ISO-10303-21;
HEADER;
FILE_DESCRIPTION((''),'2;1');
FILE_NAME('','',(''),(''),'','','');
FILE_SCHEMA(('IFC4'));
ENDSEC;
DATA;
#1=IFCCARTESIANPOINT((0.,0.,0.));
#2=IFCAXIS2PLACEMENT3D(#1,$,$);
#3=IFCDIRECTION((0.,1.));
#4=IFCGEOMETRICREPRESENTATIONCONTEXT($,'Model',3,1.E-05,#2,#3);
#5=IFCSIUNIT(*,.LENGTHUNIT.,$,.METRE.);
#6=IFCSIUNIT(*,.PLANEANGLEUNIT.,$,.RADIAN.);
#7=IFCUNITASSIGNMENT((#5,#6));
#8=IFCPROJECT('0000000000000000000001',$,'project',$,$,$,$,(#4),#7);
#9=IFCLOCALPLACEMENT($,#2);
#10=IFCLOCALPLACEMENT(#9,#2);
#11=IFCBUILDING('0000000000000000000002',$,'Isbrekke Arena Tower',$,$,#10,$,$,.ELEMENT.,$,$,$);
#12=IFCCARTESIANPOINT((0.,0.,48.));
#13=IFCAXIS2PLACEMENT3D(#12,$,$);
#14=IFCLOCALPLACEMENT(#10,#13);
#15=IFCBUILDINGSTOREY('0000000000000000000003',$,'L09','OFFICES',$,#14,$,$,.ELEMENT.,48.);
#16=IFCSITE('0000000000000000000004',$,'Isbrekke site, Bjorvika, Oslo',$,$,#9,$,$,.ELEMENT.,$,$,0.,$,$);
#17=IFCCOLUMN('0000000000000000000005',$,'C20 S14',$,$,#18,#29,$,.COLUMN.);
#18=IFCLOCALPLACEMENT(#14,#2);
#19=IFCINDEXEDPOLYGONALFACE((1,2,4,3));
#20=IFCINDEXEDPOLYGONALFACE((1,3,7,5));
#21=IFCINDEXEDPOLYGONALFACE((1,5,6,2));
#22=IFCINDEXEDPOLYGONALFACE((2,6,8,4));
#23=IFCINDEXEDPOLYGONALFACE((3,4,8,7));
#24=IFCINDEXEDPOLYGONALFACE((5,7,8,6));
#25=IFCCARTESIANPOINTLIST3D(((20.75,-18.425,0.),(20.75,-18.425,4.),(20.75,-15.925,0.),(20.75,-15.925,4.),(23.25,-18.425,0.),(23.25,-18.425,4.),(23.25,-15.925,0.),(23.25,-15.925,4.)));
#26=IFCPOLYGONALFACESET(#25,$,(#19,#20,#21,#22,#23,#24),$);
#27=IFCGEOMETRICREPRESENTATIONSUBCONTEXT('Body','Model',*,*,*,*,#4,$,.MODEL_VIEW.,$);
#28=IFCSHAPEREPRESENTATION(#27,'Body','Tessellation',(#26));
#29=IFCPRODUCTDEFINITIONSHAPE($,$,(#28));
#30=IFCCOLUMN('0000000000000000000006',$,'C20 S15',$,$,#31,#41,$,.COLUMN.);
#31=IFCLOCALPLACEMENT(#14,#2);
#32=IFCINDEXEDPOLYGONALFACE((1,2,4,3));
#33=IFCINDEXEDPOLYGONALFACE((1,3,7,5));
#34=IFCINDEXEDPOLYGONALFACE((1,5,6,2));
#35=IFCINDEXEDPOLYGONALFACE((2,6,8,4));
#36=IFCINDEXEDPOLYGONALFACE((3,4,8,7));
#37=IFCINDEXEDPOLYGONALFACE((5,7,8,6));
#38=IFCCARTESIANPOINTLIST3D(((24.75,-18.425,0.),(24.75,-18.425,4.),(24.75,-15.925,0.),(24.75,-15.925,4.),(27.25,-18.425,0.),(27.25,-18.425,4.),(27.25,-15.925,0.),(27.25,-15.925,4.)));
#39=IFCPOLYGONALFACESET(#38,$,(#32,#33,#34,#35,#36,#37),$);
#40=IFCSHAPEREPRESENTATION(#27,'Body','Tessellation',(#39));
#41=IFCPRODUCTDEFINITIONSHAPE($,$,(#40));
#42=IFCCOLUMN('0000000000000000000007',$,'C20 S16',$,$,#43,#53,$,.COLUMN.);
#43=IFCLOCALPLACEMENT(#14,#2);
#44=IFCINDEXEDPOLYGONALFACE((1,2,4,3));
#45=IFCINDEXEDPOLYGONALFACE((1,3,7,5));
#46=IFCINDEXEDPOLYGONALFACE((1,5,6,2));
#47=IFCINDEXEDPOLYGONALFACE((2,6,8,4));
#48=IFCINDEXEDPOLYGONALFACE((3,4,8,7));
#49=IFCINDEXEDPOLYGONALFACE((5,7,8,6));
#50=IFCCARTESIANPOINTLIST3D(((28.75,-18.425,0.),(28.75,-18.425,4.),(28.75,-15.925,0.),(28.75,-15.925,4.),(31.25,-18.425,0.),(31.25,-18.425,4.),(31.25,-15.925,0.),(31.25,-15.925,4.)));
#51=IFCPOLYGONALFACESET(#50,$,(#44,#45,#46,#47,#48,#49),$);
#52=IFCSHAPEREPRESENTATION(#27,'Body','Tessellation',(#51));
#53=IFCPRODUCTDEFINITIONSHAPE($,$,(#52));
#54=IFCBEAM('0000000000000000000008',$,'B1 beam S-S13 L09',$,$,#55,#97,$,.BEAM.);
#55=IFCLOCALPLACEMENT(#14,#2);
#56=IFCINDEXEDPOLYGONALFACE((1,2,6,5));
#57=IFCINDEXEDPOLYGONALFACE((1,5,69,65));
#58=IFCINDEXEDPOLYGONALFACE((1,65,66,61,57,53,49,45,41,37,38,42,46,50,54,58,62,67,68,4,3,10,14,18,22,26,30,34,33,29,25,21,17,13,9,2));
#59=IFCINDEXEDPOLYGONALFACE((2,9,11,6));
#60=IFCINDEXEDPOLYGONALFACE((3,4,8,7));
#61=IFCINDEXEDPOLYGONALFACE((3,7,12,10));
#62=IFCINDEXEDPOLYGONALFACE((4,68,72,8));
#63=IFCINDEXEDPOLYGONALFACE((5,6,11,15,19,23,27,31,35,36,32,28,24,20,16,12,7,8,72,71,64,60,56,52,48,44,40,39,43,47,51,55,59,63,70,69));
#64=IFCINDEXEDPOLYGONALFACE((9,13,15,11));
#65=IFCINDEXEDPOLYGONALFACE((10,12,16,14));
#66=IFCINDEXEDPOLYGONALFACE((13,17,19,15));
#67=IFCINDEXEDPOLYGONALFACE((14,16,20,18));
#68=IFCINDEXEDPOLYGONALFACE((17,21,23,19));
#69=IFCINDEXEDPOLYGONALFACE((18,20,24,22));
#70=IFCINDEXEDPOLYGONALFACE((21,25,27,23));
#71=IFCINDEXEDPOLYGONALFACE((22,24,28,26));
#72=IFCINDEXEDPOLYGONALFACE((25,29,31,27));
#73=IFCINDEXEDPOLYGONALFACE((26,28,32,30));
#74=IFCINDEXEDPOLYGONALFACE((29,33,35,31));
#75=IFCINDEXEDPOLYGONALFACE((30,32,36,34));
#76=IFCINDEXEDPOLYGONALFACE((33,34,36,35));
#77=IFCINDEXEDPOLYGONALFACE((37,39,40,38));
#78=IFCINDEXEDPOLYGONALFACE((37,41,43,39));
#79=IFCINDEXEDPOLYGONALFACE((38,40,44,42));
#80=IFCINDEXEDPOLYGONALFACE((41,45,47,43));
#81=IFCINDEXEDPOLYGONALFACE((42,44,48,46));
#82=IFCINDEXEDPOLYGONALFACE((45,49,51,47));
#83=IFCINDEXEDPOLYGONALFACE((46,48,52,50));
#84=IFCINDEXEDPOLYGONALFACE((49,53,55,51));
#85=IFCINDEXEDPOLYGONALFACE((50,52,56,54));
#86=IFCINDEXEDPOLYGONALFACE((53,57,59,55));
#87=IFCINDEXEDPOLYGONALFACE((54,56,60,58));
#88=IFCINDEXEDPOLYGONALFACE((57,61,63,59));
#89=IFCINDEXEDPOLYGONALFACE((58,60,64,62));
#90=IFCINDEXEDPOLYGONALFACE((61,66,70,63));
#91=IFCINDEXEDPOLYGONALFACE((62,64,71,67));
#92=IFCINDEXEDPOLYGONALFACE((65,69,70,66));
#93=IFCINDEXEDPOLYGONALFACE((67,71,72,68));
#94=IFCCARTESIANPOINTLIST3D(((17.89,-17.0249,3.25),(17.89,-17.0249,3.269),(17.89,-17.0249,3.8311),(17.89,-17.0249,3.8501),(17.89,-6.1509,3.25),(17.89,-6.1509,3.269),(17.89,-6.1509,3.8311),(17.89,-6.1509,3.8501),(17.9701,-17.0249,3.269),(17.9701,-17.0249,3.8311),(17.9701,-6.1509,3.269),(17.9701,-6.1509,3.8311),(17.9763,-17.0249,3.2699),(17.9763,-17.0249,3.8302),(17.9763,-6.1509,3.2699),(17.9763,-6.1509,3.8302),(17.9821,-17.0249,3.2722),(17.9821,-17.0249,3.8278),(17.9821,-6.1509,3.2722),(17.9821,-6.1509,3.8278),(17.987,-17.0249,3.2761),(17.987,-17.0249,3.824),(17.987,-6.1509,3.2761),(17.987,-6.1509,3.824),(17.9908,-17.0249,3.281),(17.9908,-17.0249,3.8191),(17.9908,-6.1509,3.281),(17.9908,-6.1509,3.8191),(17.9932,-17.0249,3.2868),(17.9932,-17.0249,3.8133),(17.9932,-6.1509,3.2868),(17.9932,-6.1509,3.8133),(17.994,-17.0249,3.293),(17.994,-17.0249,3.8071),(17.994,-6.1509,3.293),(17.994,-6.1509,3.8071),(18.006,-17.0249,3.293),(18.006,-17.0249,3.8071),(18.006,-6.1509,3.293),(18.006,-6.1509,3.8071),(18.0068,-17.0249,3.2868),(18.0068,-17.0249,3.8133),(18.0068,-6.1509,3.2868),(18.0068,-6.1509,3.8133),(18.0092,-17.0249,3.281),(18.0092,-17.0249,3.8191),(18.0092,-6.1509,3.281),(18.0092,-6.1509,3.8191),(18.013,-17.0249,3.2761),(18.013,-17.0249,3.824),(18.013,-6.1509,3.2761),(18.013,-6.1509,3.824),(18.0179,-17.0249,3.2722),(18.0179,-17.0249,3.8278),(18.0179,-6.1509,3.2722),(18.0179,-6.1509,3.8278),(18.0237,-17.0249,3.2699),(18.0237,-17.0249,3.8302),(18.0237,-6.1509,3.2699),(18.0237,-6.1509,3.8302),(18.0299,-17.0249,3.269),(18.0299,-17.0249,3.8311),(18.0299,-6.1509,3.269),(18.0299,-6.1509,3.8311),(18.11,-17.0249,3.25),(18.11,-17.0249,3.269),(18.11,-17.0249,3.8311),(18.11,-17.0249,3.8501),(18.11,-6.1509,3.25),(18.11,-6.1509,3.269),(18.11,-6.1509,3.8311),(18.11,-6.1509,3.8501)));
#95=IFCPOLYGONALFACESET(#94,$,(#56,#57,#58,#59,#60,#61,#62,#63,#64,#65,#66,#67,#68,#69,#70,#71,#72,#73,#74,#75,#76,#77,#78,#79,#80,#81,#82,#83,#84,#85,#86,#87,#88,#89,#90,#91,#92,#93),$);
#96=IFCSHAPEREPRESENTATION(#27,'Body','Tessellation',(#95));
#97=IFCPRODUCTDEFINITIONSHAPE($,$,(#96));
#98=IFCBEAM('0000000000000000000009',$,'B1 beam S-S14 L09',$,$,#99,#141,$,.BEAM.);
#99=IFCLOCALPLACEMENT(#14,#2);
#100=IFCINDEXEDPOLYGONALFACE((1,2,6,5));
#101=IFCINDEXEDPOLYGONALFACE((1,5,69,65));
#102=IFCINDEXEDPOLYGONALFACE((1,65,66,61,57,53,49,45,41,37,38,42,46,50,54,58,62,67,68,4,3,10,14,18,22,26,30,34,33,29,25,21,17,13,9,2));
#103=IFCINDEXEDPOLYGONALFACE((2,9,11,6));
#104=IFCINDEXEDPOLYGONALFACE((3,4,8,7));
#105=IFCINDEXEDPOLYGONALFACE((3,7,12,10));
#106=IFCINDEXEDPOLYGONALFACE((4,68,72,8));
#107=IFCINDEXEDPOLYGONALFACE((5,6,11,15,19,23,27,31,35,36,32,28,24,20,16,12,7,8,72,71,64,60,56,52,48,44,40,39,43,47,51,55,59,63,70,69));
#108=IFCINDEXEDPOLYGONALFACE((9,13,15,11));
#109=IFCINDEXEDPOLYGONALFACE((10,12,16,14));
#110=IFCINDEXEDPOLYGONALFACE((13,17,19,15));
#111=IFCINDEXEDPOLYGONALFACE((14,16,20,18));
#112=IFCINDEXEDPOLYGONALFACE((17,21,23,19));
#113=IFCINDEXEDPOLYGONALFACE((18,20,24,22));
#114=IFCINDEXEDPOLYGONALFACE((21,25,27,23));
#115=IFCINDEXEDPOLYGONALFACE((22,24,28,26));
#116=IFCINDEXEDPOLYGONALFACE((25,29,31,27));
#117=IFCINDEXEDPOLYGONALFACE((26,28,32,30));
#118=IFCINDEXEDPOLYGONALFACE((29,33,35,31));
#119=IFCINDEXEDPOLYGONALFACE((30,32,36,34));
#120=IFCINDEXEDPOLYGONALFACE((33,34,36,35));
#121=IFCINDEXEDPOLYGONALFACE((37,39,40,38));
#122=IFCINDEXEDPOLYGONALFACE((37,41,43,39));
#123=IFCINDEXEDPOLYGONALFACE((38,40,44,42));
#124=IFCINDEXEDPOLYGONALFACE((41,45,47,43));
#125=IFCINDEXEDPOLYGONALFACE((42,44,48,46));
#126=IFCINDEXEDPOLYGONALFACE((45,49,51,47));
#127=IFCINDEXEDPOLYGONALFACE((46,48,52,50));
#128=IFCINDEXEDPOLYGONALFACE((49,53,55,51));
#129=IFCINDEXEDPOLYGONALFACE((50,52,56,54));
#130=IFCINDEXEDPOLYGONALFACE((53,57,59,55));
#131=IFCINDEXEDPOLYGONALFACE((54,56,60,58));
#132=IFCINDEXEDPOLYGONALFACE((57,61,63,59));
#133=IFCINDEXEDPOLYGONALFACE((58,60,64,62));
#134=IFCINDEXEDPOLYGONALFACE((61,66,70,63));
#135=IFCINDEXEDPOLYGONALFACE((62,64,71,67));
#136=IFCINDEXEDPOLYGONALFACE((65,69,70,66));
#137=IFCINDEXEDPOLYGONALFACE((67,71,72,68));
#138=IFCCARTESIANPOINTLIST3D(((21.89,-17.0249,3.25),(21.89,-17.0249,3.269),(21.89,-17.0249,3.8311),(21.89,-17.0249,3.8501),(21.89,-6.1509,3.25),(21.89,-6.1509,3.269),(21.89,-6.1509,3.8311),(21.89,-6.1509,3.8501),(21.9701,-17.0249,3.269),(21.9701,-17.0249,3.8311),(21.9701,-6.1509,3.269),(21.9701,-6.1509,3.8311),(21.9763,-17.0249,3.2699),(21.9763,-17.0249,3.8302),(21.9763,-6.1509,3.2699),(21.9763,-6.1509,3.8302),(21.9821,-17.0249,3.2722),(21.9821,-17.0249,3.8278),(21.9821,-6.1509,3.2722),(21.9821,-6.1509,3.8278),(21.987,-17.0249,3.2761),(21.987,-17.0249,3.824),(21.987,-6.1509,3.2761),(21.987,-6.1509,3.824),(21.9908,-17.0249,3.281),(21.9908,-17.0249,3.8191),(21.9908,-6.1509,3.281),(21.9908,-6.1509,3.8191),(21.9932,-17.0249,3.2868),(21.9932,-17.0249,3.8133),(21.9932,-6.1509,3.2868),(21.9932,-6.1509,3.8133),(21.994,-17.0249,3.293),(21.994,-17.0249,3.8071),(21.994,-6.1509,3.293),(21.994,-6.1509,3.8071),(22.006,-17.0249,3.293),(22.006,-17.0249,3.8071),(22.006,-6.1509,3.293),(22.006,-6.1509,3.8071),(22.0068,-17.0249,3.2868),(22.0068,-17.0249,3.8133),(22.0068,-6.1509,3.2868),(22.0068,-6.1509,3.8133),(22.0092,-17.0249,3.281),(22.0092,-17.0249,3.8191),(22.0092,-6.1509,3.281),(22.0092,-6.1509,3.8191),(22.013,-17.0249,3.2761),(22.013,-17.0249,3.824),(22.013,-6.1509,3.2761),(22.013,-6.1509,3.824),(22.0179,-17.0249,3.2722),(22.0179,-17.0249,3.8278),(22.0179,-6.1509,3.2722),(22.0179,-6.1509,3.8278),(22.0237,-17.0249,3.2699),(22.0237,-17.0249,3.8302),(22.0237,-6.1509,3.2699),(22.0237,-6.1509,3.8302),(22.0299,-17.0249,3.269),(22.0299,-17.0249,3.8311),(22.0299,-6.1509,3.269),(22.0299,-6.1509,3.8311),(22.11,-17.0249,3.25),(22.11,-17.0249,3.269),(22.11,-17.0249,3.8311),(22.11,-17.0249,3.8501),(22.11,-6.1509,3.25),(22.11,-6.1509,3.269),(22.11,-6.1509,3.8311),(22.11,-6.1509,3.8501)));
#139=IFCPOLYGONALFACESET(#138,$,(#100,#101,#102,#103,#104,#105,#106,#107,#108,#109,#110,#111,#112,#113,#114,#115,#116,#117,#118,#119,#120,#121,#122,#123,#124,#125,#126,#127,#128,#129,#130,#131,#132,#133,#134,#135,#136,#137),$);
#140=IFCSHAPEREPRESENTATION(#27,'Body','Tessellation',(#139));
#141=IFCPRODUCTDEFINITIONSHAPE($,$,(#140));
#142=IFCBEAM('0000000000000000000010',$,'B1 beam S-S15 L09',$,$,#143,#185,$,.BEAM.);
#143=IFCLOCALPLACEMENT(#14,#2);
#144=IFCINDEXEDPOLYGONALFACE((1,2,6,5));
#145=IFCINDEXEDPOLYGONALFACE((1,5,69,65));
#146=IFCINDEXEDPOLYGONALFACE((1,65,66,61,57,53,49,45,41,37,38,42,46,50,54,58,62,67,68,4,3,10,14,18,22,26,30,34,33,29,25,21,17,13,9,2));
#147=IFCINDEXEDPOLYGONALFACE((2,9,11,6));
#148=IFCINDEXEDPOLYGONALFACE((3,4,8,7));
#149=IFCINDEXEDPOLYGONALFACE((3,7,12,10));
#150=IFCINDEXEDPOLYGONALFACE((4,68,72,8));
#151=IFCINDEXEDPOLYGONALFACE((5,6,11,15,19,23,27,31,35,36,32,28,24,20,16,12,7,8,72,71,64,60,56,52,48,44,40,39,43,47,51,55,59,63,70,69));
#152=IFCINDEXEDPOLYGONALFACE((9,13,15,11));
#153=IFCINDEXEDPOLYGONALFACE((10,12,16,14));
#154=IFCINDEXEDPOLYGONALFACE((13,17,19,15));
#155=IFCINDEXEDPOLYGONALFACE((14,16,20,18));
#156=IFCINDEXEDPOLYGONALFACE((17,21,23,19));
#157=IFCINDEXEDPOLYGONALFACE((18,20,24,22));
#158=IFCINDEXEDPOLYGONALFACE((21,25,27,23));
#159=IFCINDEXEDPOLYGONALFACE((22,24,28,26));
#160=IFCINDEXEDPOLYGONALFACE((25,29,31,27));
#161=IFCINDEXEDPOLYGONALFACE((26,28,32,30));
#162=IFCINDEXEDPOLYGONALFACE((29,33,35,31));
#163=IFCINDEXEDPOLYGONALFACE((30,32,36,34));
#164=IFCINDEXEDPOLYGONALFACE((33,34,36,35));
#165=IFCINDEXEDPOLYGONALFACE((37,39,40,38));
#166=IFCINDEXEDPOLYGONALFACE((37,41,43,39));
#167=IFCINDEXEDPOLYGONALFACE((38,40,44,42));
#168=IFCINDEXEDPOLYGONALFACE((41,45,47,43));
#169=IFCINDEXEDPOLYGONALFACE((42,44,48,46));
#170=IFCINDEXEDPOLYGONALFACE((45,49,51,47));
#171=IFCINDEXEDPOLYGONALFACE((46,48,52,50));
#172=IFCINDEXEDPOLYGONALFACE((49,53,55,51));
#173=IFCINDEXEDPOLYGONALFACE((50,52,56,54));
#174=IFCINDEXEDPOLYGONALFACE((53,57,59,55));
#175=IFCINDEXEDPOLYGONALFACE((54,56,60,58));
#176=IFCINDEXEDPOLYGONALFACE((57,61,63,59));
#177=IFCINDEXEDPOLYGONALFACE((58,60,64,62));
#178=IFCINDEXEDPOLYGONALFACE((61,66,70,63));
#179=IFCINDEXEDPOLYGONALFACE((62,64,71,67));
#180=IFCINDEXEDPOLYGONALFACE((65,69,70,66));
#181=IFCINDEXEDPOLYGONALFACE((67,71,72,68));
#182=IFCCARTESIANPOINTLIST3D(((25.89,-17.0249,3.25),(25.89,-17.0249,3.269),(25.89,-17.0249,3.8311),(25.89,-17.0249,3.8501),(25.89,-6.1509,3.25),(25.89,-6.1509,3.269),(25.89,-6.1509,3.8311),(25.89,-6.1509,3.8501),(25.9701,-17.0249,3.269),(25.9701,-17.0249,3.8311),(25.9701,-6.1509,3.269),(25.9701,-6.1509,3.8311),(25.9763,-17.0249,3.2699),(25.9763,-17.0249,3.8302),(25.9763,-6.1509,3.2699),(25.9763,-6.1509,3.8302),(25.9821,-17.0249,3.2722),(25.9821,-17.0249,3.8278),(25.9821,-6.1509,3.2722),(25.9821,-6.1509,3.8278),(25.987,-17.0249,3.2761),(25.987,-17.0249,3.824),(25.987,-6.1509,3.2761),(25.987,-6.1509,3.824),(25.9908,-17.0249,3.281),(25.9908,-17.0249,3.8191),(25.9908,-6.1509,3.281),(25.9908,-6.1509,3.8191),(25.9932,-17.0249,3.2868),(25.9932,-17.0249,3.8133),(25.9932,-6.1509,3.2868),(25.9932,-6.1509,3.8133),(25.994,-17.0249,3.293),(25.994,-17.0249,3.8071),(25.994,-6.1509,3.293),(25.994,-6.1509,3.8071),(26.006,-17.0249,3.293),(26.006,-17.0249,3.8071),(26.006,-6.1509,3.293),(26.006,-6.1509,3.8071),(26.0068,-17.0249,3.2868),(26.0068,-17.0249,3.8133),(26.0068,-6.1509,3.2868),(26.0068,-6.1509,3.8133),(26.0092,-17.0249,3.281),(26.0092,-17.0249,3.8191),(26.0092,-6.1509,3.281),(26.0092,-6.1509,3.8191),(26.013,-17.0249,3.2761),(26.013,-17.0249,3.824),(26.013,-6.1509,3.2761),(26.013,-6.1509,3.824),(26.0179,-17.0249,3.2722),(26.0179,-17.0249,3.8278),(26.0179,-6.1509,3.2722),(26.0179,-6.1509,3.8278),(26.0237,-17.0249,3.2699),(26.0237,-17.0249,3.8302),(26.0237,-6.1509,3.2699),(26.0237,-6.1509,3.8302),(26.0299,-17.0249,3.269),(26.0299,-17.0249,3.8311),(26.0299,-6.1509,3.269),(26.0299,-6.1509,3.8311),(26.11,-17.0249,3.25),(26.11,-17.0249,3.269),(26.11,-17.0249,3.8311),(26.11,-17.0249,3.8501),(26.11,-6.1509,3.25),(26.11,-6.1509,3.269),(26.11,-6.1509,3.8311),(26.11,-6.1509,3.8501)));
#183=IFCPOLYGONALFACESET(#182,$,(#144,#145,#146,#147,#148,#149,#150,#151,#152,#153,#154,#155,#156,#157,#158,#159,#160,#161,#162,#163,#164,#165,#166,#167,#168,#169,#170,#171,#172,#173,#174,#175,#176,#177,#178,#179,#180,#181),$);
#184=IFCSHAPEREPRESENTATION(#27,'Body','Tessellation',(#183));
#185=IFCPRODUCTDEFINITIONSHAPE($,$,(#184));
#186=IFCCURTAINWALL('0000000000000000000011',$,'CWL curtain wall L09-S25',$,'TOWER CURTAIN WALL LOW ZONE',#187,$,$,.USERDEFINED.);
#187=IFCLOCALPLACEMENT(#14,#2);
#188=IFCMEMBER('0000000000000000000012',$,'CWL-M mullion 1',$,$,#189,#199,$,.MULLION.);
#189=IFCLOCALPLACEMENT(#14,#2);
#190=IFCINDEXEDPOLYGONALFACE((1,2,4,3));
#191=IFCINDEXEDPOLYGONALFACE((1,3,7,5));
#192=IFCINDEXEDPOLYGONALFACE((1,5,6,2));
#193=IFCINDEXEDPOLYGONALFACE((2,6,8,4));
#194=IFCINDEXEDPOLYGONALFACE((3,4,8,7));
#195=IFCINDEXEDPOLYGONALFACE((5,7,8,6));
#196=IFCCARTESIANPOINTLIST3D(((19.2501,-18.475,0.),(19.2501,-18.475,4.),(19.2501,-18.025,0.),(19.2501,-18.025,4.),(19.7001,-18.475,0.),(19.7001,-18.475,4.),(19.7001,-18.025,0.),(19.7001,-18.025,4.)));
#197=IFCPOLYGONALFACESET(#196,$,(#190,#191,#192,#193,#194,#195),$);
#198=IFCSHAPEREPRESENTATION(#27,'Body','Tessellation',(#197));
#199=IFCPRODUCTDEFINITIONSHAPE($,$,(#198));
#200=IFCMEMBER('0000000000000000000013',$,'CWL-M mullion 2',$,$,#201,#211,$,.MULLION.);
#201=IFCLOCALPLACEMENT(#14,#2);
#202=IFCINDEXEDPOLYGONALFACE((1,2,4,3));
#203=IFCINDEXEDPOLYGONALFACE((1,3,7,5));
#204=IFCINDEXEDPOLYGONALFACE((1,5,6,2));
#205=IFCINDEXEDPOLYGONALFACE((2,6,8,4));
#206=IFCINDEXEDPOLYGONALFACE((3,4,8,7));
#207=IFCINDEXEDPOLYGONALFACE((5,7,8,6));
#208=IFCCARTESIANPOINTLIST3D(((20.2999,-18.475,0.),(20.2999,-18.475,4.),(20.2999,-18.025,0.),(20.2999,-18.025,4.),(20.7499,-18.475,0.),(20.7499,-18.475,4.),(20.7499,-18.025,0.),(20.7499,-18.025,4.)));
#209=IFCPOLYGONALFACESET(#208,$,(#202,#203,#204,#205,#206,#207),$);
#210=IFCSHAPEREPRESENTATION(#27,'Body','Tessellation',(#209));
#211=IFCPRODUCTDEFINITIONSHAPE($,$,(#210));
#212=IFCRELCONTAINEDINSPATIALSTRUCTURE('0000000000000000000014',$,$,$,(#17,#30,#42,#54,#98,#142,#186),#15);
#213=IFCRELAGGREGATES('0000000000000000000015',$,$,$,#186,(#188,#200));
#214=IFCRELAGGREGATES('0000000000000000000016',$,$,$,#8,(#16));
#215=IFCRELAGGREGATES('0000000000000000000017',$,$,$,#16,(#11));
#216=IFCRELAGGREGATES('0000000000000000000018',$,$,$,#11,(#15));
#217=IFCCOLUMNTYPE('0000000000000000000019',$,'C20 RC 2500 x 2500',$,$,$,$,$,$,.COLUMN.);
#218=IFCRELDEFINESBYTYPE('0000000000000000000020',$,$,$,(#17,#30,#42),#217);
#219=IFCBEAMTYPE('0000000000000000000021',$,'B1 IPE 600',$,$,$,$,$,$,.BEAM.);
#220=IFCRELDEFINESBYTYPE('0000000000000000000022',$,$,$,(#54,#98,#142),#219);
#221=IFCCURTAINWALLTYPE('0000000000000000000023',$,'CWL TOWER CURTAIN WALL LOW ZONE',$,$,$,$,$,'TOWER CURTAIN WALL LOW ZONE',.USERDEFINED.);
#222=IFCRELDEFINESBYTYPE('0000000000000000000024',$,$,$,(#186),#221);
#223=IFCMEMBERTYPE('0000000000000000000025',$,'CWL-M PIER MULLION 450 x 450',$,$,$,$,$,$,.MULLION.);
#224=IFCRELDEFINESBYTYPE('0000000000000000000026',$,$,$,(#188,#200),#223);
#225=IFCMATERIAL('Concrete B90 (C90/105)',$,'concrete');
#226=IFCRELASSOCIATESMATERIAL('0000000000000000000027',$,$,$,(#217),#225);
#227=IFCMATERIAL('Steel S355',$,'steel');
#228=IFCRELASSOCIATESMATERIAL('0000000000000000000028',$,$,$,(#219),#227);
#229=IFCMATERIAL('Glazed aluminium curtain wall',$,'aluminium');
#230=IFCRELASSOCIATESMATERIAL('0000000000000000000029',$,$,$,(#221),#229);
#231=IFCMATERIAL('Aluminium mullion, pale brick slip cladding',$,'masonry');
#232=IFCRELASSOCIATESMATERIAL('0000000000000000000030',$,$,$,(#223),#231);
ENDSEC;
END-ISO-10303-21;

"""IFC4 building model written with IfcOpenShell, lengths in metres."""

from ifc_helpers import new_model, si_unit, direction, frame, origin, origin_2d, place, context, subcontext, project, spatial, rectangle, i_section, extrude, material, material_profile, profile_set, type_object, element, aggregate, save


model = new_model("IFC4")

# Units and contexts
model_context = context("Model", 3, precision=1e-05, world=origin(), true_north=direction((0.0, 1.0)))
body_context = subcontext(model_context, "Body", "Model", "MODEL_VIEW")
ifc_project = project(units=[si_unit("LENGTHUNIT", "METRE"), si_unit("PLANEANGLEUNIT", "RADIAN")], contexts=[model_context])

# Site, building, storey
site_placement = place(None, origin())
site = spatial("IfcSite", under=ifc_project, at=site_placement, Name="Isbrekke site, Bjorvika, Oslo", CompositionType="ELEMENT", RefElevation=0.0)
building_placement = place(site_placement, origin())
building = spatial("IfcBuilding", under=site, at=building_placement, Name="Isbrekke Arena Tower", CompositionType="ELEMENT")
storey_placement = place(building_placement, frame((0.0, 0.0, 48.0)))
storey = spatial("IfcBuildingStorey", under=building, at=storey_placement, Name="L09", Description="OFFICES", CompositionType="ELEMENT", Elevation=48.0)

# Columns
ifc_material_1 = material(Name="Concrete B90 (C90/105)", Category="concrete")
ifc_material_profile_1 = material_profile(ifc_material_1, rectangle(XDim=2.5, YDim=2.5, at=origin_2d()), Name="RC 2500x2500")
ifc_profile_set_1 = profile_set([ifc_material_profile_1], Name="Concrete B90 (C90/105)")
column_type = type_object("IfcColumnType", Name="C20 RC 2500 x 2500", PredefinedType="COLUMN", material=ifc_profile_set_1)
for number, where, z_axis, x_axis, name in (
    (1, (22.0, -17.175, 0.0), (0.0, 0.0, 1.0), (1.0, 0.0, 0.0), "C20 S14"),
    (2, (26.0, -17.175, 0.0), (0.0, 0.0, 1.0), (1.0, 0.0, 0.0), "C20 S15"),
    (3, (30.0, -17.175, 0.0), (0.0, 0.0, 1.0), (1.0, 0.0, 0.0), "C20 S16"),
):
    element("IfcColumn", number, at=place(storey_placement, frame(where, z_axis=z_axis, x_axis=x_axis)), inside=storey, type_object=column_type, Name=name, PredefinedType="COLUMN", context=body_context, shape_type="SweptSolid", body=[
        extrude(rectangle(XDim=2.5, YDim=2.5, at=origin_2d()), origin(), (0.0, 0.0, 1.0), 4.0),
    ])

# Beams
ifc_material_2 = material(Name="Steel S355", Category="steel")
ifc_material_profile_2 = material_profile(ifc_material_2, i_section(OverallWidth=0.22, OverallDepth=0.6001, WebThickness=0.012, FlangeThickness=0.019, FilletRadius=0.0239, at=origin_2d()), Name="IPE 600")
ifc_profile_set_2 = profile_set([ifc_material_profile_2], Name="Steel S355")
beam_type_1 = type_object("IfcBeamType", Name="B1 IPE 600", PredefinedType="BEAM", material=ifc_profile_set_2)
for number, where, z_axis, x_axis, name in (
    (4, (18.0, -17.0249, 3.55), (0.0, 1.0, 0.0), (-1.0, 0.0, 0.0), "B1 beam S-S13 L09"),
    (5, (22.0, -17.0249, 3.55), (0.0, 1.0, 0.0), (-1.0, 0.0, 0.0), "B1 beam S-S14 L09"),
    (6, (26.0, -17.0249, 3.55), (0.0, 1.0, 0.0), (-1.0, 0.0, 0.0), "B1 beam S-S15 L09"),
):
    element("IfcBeam", number, at=place(storey_placement, frame(where, z_axis=z_axis, x_axis=x_axis)), inside=storey, type_object=beam_type_1, Name=name, PredefinedType="BEAM", context=body_context, shape_type="SweptSolid", body=[
        extrude(i_section(OverallWidth=0.22, OverallDepth=0.6001, WebThickness=0.012, FlangeThickness=0.019, FilletRadius=0.0239, at=origin_2d()), origin(), (0.0, 0.0, 1.0), 10.874),
    ])

# Curtain wall, members
ifc_material_3 = material(Name="Glazed aluminium curtain wall", Category="aluminium")
curtain_wall_type = type_object("IfcCurtainWallType", Name="CWL TOWER CURTAIN WALL LOW ZONE", ElementType="TOWER CURTAIN WALL LOW ZONE", PredefinedType="USERDEFINED", material=ifc_material_3)
curtain_wall_1_placement = place(storey_placement, origin())
curtain_wall_1 = element("IfcCurtainWall", 7, at=curtain_wall_1_placement, inside=storey, type_object=curtain_wall_type, Name="CWL curtain wall L09-S25", ObjectType="TOWER CURTAIN WALL LOW ZONE", PredefinedType="USERDEFINED")
ifc_material_4 = material(Name="Aluminium mullion, pale brick slip cladding", Category="masonry")
ifc_material_profile_3 = material_profile(ifc_material_4, rectangle(XDim=0.45, YDim=0.45, at=origin_2d()), Name="PIER 450X450")
ifc_profile_set_3 = profile_set([ifc_material_profile_3], Name="Aluminium mullion, pale brick slip cladding")
member_type_1 = type_object("IfcMemberType", Name="CWL-M PIER MULLION 450 x 450", PredefinedType="MULLION", material=ifc_profile_set_3)
member_1_placement = place(storey_placement, frame((19.4751, -18.25, 0.0), z_axis=(0.0, 0.0, 1.0), x_axis=(1.0, 0.0, 0.0)))
member_1 = element("IfcMember", 8, at=member_1_placement, type_object=member_type_1, Name="CWL-M mullion 1", PredefinedType="MULLION", context=body_context, shape_type="SweptSolid", body=[
    extrude(rectangle(XDim=0.45, YDim=0.45, at=origin_2d()), origin(), (0.0, 0.0, 1.0), 4.0),
])
member_2_placement = place(storey_placement, frame((20.5249, -18.25, 0.0), z_axis=(0.0, 0.0, 1.0), x_axis=(1.0, 0.0, 0.0)))
member_2 = element("IfcMember", 9, at=member_2_placement, type_object=member_type_1, Name="CWL-M mullion 2", PredefinedType="MULLION", context=body_context, shape_type="SweptSolid", body=[
    extrude(rectangle(XDim=0.45, YDim=0.45, at=origin_2d()), origin(), (0.0, 0.0, 1.0), 4.0),
])

aggregate(curtain_wall_1, [member_1, member_2])

save(model, "model.ifc")
